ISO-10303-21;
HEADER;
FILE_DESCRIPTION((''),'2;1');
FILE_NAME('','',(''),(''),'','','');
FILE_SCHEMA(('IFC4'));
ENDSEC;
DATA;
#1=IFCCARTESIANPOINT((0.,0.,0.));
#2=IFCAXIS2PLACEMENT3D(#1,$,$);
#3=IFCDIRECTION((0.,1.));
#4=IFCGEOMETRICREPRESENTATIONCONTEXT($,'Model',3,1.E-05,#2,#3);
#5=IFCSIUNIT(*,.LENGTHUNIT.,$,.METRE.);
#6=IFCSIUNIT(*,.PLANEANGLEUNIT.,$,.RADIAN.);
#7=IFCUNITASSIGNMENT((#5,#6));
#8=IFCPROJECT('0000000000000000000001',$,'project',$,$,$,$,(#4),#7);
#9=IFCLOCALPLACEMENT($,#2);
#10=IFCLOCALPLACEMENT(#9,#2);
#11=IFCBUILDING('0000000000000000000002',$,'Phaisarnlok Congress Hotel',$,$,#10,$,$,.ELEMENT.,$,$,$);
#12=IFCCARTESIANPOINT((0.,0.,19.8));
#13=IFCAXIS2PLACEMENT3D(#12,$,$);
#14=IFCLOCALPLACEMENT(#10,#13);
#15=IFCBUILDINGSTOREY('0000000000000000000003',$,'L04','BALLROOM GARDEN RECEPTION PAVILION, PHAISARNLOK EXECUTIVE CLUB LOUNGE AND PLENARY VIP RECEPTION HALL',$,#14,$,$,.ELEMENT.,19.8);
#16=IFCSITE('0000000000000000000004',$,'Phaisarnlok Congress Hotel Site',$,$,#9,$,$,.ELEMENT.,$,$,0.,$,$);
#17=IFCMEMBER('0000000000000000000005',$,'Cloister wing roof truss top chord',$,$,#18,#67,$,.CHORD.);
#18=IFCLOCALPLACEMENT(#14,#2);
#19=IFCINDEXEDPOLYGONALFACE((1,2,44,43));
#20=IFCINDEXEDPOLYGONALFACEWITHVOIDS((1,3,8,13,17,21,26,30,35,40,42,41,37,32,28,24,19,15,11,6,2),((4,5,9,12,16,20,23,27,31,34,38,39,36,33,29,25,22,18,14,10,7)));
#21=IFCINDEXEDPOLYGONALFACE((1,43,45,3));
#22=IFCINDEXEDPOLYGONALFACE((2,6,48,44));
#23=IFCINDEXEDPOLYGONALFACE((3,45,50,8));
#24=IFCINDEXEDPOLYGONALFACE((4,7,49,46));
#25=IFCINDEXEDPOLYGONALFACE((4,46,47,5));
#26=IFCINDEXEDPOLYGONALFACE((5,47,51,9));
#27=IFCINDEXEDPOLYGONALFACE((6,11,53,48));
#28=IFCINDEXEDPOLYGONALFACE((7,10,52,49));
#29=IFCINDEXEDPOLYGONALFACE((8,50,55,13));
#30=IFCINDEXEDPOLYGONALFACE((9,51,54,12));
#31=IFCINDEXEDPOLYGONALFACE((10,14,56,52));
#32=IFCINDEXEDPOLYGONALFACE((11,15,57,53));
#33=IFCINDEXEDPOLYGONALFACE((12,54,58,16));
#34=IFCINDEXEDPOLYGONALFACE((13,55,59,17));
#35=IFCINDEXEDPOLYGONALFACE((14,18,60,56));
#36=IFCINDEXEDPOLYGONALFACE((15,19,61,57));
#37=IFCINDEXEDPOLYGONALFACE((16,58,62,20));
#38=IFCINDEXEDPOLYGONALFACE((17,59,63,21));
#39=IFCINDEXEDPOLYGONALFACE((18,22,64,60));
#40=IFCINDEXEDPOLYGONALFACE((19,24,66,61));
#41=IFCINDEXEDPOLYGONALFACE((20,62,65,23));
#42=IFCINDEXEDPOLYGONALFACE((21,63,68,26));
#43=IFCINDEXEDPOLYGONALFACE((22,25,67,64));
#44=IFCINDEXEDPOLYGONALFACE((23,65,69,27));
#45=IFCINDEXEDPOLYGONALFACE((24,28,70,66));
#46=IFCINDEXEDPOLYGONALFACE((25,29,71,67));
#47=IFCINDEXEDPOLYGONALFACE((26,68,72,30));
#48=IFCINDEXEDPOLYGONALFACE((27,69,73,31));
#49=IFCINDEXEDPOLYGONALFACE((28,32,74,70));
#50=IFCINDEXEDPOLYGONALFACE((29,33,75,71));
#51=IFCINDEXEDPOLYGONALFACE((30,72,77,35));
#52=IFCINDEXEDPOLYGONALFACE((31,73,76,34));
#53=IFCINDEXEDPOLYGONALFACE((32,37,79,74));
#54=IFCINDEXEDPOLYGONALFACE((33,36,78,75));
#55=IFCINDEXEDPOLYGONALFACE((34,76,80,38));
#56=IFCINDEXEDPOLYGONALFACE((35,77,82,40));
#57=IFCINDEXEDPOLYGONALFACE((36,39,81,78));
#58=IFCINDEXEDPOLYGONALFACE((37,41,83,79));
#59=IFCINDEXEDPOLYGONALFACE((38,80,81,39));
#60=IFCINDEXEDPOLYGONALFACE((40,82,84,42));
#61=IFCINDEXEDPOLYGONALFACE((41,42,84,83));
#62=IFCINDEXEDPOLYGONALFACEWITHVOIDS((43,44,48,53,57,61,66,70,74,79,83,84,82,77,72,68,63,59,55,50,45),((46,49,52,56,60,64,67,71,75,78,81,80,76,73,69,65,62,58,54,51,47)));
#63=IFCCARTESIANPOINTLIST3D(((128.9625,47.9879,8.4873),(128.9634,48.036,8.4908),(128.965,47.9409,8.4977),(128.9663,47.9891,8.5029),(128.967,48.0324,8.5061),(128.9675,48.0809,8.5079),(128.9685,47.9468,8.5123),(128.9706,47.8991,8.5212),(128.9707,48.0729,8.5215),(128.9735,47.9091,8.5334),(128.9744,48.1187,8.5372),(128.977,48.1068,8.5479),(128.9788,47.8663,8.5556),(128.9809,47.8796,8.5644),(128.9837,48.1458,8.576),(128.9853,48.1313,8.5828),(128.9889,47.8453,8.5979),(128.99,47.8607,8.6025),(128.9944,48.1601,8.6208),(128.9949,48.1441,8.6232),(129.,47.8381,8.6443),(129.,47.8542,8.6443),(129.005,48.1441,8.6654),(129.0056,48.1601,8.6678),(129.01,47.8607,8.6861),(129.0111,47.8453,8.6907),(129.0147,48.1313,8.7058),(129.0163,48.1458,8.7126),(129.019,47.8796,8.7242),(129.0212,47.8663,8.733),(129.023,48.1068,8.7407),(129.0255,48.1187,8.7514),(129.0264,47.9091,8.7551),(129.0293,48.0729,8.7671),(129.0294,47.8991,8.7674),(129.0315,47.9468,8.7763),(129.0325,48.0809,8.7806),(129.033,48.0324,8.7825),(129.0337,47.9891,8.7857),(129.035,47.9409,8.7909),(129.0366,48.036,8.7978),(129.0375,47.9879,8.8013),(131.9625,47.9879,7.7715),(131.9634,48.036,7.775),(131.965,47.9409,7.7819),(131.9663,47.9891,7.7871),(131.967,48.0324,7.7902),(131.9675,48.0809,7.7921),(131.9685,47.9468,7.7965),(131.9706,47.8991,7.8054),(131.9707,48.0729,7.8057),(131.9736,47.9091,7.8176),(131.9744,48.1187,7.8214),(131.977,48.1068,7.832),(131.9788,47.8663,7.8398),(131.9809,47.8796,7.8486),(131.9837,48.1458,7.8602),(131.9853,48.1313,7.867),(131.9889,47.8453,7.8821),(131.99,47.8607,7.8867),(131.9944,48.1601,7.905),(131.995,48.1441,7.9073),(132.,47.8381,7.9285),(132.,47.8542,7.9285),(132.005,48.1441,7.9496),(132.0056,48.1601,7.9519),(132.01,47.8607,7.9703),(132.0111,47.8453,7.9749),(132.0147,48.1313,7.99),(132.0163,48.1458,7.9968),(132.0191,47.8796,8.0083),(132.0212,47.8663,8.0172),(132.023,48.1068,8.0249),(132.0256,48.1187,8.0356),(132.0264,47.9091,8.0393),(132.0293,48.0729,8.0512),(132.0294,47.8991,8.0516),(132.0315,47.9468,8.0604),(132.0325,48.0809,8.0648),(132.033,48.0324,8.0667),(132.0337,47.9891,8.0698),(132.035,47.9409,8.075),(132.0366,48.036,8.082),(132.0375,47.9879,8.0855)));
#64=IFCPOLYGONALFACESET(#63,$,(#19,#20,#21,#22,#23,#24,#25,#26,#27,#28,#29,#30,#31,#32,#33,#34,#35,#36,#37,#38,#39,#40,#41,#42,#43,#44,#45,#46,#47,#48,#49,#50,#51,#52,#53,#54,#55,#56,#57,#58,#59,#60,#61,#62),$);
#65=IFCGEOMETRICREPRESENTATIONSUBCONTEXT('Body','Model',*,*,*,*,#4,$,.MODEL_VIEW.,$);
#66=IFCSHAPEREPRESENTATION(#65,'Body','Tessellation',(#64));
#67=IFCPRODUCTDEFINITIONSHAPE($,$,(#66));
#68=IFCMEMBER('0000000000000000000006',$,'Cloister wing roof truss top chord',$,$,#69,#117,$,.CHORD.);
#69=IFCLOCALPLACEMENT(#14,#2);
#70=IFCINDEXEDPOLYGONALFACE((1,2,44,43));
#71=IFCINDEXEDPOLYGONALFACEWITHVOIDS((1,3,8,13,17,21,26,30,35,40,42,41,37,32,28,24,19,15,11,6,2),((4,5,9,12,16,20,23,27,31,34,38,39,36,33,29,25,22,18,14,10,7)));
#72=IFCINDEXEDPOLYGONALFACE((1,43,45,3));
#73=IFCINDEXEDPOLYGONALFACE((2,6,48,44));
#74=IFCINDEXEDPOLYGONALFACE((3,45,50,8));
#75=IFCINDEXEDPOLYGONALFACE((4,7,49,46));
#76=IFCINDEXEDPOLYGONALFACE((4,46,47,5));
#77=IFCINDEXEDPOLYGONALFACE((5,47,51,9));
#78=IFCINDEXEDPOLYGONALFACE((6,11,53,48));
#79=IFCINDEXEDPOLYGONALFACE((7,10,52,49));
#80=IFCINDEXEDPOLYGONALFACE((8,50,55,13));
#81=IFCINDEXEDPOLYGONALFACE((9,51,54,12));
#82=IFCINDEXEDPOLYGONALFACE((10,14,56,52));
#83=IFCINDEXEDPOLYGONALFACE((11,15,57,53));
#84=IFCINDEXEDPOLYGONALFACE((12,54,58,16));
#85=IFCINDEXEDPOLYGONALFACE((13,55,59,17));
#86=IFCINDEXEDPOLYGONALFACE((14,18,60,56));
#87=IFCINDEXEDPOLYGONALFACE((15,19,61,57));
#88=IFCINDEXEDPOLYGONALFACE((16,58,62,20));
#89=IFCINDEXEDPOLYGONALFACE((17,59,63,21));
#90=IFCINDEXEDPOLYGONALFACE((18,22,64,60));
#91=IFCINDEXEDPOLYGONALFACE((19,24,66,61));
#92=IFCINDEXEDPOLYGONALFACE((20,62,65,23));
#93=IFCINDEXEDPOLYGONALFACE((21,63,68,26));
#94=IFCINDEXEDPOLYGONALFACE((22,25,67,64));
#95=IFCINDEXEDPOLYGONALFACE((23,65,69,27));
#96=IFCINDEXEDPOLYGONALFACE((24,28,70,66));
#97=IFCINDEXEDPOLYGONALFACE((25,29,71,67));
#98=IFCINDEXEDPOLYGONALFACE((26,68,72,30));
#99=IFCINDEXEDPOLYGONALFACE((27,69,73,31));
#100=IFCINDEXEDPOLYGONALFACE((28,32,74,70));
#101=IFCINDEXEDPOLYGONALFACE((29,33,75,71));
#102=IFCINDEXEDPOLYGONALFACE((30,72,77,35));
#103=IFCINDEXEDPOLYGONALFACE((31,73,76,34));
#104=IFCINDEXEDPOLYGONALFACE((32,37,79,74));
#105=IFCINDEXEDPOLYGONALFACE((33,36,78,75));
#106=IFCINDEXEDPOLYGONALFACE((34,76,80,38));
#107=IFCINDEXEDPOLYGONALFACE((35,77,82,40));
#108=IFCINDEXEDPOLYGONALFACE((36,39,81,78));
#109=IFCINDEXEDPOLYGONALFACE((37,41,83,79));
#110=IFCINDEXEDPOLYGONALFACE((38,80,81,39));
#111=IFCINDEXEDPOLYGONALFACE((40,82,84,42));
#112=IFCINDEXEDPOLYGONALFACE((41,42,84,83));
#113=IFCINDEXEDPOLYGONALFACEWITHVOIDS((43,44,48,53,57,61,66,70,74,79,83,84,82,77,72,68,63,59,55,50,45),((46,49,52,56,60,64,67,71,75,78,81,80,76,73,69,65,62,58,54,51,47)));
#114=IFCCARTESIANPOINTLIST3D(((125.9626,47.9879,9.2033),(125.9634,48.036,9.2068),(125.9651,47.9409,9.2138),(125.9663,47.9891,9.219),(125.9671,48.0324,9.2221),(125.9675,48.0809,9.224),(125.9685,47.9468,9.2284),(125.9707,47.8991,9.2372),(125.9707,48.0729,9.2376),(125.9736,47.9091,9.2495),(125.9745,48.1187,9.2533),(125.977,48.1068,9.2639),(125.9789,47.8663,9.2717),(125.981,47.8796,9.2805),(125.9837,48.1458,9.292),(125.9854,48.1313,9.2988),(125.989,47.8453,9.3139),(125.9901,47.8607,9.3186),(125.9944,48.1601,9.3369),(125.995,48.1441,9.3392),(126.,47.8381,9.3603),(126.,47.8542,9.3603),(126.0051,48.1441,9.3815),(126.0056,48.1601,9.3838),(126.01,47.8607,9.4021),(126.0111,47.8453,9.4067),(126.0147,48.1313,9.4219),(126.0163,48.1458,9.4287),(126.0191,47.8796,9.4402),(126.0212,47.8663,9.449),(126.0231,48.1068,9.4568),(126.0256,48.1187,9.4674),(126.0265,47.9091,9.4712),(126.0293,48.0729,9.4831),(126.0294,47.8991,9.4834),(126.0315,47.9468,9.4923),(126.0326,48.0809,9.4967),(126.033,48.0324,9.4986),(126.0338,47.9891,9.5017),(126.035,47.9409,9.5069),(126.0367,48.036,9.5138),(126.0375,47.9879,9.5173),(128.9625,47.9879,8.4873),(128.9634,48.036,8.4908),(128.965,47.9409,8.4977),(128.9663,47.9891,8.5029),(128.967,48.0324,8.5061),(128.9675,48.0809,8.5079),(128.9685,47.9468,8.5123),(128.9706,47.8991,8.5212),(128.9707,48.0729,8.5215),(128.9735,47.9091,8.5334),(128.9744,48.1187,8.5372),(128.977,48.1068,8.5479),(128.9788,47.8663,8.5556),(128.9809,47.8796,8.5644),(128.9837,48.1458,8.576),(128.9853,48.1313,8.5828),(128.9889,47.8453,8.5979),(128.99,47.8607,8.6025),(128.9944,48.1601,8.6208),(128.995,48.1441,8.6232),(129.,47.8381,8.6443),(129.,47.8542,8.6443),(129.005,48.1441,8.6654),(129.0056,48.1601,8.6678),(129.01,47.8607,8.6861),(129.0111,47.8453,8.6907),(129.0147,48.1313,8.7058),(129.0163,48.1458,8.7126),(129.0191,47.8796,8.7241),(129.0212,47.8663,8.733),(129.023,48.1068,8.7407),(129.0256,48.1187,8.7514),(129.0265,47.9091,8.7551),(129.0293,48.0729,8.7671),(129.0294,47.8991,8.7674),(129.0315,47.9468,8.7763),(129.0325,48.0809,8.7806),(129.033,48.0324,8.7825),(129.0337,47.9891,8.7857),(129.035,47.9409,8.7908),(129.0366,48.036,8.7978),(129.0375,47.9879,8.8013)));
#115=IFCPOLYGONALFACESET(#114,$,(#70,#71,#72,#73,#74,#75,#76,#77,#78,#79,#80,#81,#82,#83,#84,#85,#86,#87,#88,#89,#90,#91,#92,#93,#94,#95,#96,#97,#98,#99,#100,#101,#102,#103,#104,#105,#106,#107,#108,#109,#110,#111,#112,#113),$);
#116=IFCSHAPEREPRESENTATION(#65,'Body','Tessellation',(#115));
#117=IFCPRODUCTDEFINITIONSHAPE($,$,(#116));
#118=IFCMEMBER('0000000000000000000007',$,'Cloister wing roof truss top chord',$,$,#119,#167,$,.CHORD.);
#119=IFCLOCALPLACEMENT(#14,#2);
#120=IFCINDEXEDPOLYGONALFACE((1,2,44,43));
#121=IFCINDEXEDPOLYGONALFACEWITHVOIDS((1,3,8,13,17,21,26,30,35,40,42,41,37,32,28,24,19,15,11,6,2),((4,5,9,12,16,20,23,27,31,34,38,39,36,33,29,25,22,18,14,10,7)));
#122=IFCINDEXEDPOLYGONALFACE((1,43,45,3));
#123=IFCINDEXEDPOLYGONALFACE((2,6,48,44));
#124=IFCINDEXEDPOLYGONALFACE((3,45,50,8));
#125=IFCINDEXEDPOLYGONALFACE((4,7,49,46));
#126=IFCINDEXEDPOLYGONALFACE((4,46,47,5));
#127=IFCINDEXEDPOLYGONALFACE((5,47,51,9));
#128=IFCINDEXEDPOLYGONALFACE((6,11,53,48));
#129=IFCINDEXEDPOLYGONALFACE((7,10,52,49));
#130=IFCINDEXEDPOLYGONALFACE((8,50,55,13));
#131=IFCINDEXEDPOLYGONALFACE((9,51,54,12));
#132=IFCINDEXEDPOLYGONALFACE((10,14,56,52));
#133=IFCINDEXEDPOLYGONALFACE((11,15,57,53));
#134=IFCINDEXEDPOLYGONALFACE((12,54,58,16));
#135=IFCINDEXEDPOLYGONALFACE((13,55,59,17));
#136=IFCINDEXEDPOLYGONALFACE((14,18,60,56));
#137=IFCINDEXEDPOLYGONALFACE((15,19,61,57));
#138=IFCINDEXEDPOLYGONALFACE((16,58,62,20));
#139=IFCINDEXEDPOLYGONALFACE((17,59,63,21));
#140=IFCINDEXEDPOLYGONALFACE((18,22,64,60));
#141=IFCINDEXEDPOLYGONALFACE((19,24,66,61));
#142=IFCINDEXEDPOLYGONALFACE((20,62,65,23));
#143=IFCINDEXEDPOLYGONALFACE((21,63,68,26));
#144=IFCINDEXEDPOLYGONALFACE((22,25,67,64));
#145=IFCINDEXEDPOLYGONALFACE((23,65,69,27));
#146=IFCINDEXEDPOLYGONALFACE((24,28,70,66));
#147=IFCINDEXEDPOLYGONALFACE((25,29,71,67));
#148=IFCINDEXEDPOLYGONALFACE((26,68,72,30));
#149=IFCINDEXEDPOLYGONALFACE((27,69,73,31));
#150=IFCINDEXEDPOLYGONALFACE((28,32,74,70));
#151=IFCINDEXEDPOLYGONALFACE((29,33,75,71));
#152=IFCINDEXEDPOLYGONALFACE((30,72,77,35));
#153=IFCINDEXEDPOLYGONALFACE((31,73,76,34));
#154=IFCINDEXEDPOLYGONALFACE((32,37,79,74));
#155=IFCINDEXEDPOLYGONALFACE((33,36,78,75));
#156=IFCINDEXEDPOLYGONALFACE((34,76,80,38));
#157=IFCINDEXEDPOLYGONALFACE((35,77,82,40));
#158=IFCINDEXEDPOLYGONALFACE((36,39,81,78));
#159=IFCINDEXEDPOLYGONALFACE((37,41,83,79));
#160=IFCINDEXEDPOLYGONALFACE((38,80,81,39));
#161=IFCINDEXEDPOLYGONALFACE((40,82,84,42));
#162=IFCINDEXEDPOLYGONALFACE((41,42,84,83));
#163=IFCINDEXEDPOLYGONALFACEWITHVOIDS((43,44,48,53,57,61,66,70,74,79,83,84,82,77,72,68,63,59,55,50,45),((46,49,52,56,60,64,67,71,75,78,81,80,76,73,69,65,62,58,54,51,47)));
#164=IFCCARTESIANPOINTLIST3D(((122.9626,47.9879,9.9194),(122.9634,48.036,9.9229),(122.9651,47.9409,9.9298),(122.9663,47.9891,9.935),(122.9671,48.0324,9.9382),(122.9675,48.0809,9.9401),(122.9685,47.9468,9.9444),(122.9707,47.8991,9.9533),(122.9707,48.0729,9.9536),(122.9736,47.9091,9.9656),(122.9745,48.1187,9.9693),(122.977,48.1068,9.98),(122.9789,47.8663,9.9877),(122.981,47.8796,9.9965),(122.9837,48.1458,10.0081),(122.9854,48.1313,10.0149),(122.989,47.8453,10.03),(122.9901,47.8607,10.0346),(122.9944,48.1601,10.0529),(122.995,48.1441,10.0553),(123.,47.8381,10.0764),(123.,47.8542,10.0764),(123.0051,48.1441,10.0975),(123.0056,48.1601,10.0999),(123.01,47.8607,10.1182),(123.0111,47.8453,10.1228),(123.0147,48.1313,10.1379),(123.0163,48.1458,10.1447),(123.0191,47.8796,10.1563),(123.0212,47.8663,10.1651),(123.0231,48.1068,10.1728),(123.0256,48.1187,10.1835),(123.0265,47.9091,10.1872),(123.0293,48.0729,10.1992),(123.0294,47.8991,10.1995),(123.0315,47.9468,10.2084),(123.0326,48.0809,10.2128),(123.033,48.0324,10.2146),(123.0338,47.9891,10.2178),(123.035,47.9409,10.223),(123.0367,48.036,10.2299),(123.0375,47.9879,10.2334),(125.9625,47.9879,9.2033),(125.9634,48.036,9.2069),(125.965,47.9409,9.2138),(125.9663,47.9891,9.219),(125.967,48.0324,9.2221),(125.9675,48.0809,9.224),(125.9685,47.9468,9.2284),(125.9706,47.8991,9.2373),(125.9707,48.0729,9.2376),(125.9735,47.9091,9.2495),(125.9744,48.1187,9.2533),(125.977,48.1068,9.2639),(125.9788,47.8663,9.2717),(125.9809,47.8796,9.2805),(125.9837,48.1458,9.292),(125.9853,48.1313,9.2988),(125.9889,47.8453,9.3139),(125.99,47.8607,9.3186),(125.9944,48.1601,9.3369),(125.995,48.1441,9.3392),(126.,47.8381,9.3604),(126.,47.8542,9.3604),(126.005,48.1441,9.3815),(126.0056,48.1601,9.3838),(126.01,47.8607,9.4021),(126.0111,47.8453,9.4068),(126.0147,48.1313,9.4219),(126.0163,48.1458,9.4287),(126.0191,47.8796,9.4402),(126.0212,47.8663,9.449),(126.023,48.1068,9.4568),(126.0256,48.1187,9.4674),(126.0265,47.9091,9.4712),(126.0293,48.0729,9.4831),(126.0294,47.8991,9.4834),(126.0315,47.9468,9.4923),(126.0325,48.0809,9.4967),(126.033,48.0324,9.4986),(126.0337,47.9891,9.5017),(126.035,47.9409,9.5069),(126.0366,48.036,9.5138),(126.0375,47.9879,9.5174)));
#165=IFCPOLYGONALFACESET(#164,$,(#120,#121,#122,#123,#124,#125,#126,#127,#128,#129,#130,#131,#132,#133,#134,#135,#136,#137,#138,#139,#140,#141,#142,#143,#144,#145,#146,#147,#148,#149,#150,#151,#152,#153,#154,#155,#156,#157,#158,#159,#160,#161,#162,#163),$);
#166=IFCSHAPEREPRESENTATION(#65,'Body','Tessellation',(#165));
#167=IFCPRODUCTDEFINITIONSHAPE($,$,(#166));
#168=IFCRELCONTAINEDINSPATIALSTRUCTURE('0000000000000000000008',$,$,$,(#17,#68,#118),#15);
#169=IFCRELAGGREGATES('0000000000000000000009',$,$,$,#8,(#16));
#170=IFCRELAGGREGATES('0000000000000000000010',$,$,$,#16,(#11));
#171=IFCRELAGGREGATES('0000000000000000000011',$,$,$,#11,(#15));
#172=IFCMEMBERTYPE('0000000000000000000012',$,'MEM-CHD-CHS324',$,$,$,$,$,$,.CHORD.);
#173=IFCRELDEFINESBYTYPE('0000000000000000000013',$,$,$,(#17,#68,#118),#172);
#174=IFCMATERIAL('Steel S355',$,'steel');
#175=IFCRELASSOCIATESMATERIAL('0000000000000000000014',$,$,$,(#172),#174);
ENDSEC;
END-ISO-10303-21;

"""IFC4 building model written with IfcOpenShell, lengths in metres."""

from ifc_helpers import new_model, si_unit, direction, frame, origin, origin_2d, place, context, subcontext, project, spatial, hollow_circle, extrude, material, material_profile, profile_set, type_object, element, save


model = new_model("IFC4")

# Units and contexts
model_context = context("Model", 3, precision=1e-05, world=origin(), true_north=direction((0.0, 1.0)))
body_context = subcontext(model_context, "Body", "Model", "MODEL_VIEW")
ifc_project = project(units=[si_unit("LENGTHUNIT", "METRE"), si_unit("PLANEANGLEUNIT", "RADIAN")], contexts=[model_context])

# Site, building, storey
site_placement = place(None, origin())
site = spatial("IfcSite", under=ifc_project, at=site_placement, Name="Phaisarnlok Congress Hotel Site", CompositionType="ELEMENT", RefElevation=0.0)
building_placement = place(site_placement, origin())
building = spatial("IfcBuilding", under=site, at=building_placement, Name="Phaisarnlok Congress Hotel", CompositionType="ELEMENT")
storey_placement = place(building_placement, frame((0.0, 0.0, 19.8)))
storey = spatial("IfcBuildingStorey", under=building, at=storey_placement, Name="L04", Description="BALLROOM GARDEN RECEPTION PAVILION, PHAISARNLOK EXECUTIVE CLUB LOUNGE AND PLENARY VIP RECEPTION HALL", CompositionType="ELEMENT", Elevation=19.8)

# Shared definitions
ifc_material_1 = material(Name="Steel S355", Category="steel")

# Members
ifc_material_profile_1 = material_profile(ifc_material_1, hollow_circle(Radius=0.1619, WallThickness=0.0161, at=origin_2d()), Name="CHS 323.9x16")
ifc_profile_set_1 = profile_set([ifc_material_profile_1], Name="Steel S355")
member_type_1 = type_object("IfcMemberType", Name="MEM-CHD-CHS324", PredefinedType="CHORD", material=ifc_profile_set_1)
for number, where, z_axis, x_axis, name in (
    (1, (132.0, 48.0, 7.9285), (-0.972694, 0.0, 0.232091), (0.0, -1.0, 0.0), "Cloister wing roof truss top chord"),
    (2, (129.0, 48.0, 8.6443), (-0.972676, 0.0, 0.232166), (0.0, -1.0, 0.0), "Cloister wing roof truss top chord"),
    (3, (126.0, 48.0, 9.3604), (-0.972676, 0.0, 0.232166), (0.0, -1.0, 0.0), "Cloister wing roof truss top chord"),
):
    element("IfcMember", number, at=place(storey_placement, frame(where, z_axis=z_axis, x_axis=x_axis)), inside=storey, type_object=member_type_1, Name=name, PredefinedType="CHORD", context=body_context, shape_type="SweptSolid", body=[
        extrude(hollow_circle(Radius=0.1619, WallThickness=0.0161, at=origin_2d()), origin(), (0.0, 0.0, 1.0), 3.0842),
    ])

save(model, "model.ifc")
